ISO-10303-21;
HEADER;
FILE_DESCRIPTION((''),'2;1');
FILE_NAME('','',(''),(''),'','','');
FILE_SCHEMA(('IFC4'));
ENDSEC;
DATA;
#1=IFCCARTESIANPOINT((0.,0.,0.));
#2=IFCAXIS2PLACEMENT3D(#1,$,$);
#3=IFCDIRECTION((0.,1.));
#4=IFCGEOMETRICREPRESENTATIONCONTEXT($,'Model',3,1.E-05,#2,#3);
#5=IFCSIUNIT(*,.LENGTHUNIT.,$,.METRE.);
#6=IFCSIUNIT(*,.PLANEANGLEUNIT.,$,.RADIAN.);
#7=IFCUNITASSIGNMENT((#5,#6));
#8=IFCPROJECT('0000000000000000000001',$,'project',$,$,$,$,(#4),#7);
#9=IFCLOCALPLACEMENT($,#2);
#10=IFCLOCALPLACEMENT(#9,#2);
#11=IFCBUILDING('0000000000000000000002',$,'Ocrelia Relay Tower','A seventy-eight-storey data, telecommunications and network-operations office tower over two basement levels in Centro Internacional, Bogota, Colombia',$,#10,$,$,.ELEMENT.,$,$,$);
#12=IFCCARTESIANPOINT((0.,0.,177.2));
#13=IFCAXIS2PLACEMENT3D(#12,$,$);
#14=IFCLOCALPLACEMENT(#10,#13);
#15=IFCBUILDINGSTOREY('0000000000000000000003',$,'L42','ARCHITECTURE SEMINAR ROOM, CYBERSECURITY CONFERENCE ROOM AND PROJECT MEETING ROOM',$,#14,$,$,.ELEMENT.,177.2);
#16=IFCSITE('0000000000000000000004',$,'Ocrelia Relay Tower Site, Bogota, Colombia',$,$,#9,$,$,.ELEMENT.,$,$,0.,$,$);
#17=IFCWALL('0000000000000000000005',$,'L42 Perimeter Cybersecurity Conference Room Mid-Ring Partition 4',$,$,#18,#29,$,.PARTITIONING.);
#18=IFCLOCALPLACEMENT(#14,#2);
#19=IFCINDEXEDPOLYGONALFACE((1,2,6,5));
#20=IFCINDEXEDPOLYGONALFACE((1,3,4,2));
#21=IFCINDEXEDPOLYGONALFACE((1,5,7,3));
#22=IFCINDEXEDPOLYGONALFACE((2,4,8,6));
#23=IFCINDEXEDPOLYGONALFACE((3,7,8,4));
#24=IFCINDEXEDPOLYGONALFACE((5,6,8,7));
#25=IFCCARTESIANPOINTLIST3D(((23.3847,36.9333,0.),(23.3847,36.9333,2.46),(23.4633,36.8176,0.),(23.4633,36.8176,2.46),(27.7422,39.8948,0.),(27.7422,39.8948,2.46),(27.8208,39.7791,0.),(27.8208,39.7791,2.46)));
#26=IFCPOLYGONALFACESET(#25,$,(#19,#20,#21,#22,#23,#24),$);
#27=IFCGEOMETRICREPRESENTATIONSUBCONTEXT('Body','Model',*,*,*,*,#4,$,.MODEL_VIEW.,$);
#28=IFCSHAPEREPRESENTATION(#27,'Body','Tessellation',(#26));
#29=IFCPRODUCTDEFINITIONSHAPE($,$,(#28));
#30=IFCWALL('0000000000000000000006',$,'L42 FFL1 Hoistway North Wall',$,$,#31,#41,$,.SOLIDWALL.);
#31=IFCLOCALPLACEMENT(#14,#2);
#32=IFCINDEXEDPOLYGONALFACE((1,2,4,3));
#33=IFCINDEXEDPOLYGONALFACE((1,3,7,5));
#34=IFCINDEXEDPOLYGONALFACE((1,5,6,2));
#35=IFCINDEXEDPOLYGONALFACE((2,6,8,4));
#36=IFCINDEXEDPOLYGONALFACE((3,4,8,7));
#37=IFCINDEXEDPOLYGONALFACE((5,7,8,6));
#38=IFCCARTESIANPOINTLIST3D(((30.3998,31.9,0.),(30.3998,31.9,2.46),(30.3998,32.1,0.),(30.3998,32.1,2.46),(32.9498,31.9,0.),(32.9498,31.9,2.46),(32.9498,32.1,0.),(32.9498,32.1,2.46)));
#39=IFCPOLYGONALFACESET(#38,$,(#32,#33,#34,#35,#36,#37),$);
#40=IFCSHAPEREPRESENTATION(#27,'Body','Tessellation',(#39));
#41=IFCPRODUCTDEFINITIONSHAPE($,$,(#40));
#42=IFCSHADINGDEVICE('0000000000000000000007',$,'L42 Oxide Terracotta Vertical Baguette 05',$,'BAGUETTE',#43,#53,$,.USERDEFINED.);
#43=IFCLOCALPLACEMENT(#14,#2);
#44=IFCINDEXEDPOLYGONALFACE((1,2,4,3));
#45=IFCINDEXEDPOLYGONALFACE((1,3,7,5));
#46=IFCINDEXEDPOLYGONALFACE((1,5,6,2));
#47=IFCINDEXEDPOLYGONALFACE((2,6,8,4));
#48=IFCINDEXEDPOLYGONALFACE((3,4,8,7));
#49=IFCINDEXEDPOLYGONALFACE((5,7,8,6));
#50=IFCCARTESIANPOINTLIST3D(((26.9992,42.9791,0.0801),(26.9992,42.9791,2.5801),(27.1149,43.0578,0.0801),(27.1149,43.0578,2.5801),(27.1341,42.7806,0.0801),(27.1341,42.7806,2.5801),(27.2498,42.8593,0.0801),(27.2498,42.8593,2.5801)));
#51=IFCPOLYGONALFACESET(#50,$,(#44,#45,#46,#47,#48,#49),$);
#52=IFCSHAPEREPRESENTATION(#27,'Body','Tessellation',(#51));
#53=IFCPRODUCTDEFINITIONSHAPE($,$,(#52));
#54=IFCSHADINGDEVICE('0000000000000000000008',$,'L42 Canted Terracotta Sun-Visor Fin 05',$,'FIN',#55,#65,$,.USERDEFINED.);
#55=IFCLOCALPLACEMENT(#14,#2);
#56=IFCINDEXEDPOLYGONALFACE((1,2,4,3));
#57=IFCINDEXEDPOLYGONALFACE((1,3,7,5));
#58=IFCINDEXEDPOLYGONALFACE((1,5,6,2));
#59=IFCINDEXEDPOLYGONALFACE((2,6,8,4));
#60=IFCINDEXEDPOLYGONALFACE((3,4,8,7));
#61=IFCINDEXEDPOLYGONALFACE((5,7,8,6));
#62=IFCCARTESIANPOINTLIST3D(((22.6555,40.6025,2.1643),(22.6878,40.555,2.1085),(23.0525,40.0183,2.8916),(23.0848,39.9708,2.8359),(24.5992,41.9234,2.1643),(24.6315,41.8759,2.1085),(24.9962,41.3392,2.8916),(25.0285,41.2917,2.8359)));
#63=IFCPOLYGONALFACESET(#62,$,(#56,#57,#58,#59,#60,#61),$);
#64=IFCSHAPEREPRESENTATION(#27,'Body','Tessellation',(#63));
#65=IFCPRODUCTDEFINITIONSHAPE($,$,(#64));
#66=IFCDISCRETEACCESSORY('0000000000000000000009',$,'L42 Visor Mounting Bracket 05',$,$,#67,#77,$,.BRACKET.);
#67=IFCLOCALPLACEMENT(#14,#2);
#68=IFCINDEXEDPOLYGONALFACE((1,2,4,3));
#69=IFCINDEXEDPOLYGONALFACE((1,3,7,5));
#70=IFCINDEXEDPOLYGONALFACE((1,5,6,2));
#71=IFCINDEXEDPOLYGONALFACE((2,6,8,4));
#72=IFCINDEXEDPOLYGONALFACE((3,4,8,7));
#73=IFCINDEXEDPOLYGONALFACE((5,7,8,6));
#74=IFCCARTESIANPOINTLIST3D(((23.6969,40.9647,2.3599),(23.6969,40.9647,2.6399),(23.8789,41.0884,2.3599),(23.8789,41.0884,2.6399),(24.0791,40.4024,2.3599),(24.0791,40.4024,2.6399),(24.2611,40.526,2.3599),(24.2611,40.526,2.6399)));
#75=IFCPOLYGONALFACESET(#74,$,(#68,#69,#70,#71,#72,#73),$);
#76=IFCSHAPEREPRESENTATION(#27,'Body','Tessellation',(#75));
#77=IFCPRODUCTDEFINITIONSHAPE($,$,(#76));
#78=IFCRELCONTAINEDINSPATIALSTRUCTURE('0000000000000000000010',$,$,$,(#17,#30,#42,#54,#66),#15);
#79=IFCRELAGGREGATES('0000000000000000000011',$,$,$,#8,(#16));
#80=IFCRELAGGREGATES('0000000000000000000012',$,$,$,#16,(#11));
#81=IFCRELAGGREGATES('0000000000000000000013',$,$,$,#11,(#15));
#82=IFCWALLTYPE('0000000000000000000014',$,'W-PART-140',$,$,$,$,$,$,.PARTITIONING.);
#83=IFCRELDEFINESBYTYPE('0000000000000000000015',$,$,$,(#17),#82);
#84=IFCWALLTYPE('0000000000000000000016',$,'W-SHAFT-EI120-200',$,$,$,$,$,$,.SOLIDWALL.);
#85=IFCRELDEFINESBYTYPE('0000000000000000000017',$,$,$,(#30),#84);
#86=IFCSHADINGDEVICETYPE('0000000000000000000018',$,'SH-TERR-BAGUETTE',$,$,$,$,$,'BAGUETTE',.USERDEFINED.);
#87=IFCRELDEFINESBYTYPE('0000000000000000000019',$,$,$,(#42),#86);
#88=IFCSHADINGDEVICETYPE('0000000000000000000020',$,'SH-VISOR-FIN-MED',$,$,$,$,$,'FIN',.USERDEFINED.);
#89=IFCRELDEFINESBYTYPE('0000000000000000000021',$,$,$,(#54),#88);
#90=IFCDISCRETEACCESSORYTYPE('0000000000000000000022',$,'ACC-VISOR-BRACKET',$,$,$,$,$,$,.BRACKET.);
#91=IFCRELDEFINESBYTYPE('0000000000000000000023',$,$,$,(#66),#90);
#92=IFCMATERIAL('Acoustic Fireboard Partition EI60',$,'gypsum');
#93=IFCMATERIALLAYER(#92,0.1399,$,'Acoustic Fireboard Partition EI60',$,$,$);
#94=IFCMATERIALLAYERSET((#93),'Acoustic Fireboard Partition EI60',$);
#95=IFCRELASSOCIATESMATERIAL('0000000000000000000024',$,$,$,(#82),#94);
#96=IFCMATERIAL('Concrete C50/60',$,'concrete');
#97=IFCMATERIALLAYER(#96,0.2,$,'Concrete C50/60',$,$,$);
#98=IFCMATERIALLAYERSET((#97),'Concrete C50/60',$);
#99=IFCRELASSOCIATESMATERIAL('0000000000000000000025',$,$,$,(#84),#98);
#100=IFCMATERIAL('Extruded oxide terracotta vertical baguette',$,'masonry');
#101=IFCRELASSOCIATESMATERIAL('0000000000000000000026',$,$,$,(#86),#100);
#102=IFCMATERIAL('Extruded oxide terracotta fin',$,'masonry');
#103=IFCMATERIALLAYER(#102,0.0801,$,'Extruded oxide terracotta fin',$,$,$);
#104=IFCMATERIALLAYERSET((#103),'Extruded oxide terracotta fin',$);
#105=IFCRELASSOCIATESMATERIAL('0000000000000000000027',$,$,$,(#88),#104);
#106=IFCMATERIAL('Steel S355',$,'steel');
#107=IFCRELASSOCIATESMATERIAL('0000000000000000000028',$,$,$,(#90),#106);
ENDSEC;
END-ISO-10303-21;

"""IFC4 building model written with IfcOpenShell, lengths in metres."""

from ifc_helpers import new_model, si_unit, direction, frame, frame_2d, origin, origin_2d, place, context, subcontext, project, spatial, rectangle, extrude, material, layer, layer_set, type_object, element, save


model = new_model("IFC4")

# Units and contexts
model_context = context("Model", 3, precision=1e-05, world=origin(), true_north=direction((0.0, 1.0)))
body_context = subcontext(model_context, "Body", "Model", "MODEL_VIEW")
ifc_project = project(units=[si_unit("LENGTHUNIT", "METRE"), si_unit("PLANEANGLEUNIT", "RADIAN")], contexts=[model_context])

# Site, building, storey
site_placement = place(None, origin())
site = spatial("IfcSite", under=ifc_project, at=site_placement, Name="Ocrelia Relay Tower Site, Bogota, Colombia", CompositionType="ELEMENT", RefElevation=0.0)
building_placement = place(site_placement, origin())
building = spatial("IfcBuilding", under=site, at=building_placement, Name="Ocrelia Relay Tower", Description="A seventy-eight-storey data, telecommunications and network-operations office tower over two basement levels in Centro Internacional, Bogota, Colombia", CompositionType="ELEMENT")
storey_placement = place(building_placement, frame((0.0, 0.0, 177.2)))
storey = spatial("IfcBuildingStorey", under=building, at=storey_placement, Name="L42", Description="ARCHITECTURE SEMINAR ROOM, CYBERSECURITY CONFERENCE ROOM AND PROJECT MEETING ROOM", CompositionType="ELEMENT", Elevation=177.2)

# Shared definitions
ifc_material_1 = material(Name="Steel S355", Category="steel")

# Shared definitions
ifc_material_2 = material(Name="Concrete C50/60", Category="concrete")

# Walls
ifc_material_3 = material(Name="Acoustic Fireboard Partition EI60", Category="gypsum")
ifc_layer_1 = layer(ifc_material_3, 0.1399, Name="Acoustic Fireboard Partition EI60")
ifc_layer_set_1 = layer_set([ifc_layer_1], Name="Acoustic Fireboard Partition EI60")
wall_type_1 = type_object("IfcWallType", Name="W-PART-140", PredefinedType="PARTITIONING", material=ifc_layer_set_1)
wall_1_placement = place(storey_placement, frame((27.7815, 39.8369, 0.0), z_axis=(0.0, 0.0, 1.0), x_axis=(-0.82707, -0.5621, 0.0)))
element("IfcWall", 1, at=wall_1_placement, inside=storey, type_object=wall_type_1, Name="L42 Perimeter Cybersecurity Conference Room Mid-Ring Partition 4", PredefinedType="PARTITIONING", context=body_context, shape_type="SweptSolid", body=[
    extrude(rectangle(XDim=5.2686, YDim=0.1399, at=frame_2d((2.6343, 0.0))), origin(), (0.0, 0.0, 1.0), 2.46),
])
ifc_layer_2 = layer(ifc_material_2, 0.2, Name="Concrete C50/60")
ifc_layer_set_2 = layer_set([ifc_layer_2], Name="Concrete C50/60")
wall_type_2 = type_object("IfcWallType", Name="W-SHAFT-EI120-200", PredefinedType="SOLIDWALL", material=ifc_layer_set_2)
wall_2_placement = place(storey_placement, frame((30.3999, 32.0, 0.0), z_axis=(0.0, 0.0, 1.0), x_axis=(1.0, 0.0, 0.0)))
element("IfcWall", 2, at=wall_2_placement, inside=storey, type_object=wall_type_2, Name="L42 FFL1 Hoistway North Wall", PredefinedType="SOLIDWALL", context=body_context, shape_type="SweptSolid", body=[
    extrude(rectangle(XDim=2.55, YDim=0.2, at=frame_2d((1.2749, 0.0))), origin(), (0.0, 0.0, 1.0), 2.46),
])

# Shading devices
ifc_material_4 = material(Name="Extruded oxide terracotta vertical baguette", Category="masonry")
shading_device_type_1 = type_object("IfcShadingDeviceType", Name="SH-TERR-BAGUETTE", ElementType="BAGUETTE", PredefinedType="USERDEFINED", material=ifc_material_4)
shading_device_1_placement = place(storey_placement, frame((27.1245, 42.9192, 0.0801), z_axis=(0.0, 0.0, 1.0), x_axis=(-0.827082, -0.562081, 0.0)))
element("IfcShadingDevice", 3, at=shading_device_1_placement, inside=storey, type_object=shading_device_type_1, Name="L42 Oxide Terracotta Vertical Baguette 05", ObjectType="BAGUETTE", PredefinedType="USERDEFINED", context=body_context, shape_type="SweptSolid", body=[
    extrude(rectangle(XDim=0.1399, YDim=0.24, at=origin_2d()), origin(), (0.0, 0.0, 1.0), 2.5),
])
ifc_material_5 = material(Name="Extruded oxide terracotta fin", Category="masonry")
ifc_layer_3 = layer(ifc_material_5, 0.0801, Name="Extruded oxide terracotta fin")
ifc_layer_set_3 = layer_set([ifc_layer_3], Name="Extruded oxide terracotta fin")
shading_device_type_2 = type_object("IfcShadingDeviceType", Name="SH-VISOR-FIN-MED", ElementType="FIN", PredefinedType="USERDEFINED", material=ifc_layer_set_3)
shading_device_2_placement = place(storey_placement, frame((23.8582, 40.9233, 2.4722), z_axis=(-0.403235, 0.593346, 0.696664), x_axis=(-0.827082, -0.562081, 0.0)))
element("IfcShadingDevice", 4, at=shading_device_2_placement, inside=storey, type_object=shading_device_type_2, Name="L42 Canted Terracotta Sun-Visor Fin 05", ObjectType="FIN", PredefinedType="USERDEFINED", context=body_context, shape_type="SweptSolid", body=[
    extrude(rectangle(XDim=2.3501, YDim=1.0139, at=origin_2d()), origin(), (0.0, 0.0, 1.0), 0.0801),
])

# Discrete accessory
discrete_accessory_type = type_object("IfcDiscreteAccessoryType", Name="ACC-VISOR-BRACKET", PredefinedType="BRACKET", material=ifc_material_1)
discrete_accessory_placement = place(storey_placement, frame((23.979, 40.7454, 2.3599), z_axis=(0.0, 0.0, 1.0), x_axis=(-0.827082, -0.562081, 0.0)))
element("IfcDiscreteAccessory", 5, at=discrete_accessory_placement, inside=storey, type_object=discrete_accessory_type, Name="L42 Visor Mounting Bracket 05", PredefinedType="BRACKET", context=body_context, shape_type="SweptSolid", body=[
    extrude(rectangle(XDim=0.22, YDim=0.6799, at=origin_2d()), origin(), (0.0, 0.0, 1.0), 0.28),
])

save(model, "model.ifc")
